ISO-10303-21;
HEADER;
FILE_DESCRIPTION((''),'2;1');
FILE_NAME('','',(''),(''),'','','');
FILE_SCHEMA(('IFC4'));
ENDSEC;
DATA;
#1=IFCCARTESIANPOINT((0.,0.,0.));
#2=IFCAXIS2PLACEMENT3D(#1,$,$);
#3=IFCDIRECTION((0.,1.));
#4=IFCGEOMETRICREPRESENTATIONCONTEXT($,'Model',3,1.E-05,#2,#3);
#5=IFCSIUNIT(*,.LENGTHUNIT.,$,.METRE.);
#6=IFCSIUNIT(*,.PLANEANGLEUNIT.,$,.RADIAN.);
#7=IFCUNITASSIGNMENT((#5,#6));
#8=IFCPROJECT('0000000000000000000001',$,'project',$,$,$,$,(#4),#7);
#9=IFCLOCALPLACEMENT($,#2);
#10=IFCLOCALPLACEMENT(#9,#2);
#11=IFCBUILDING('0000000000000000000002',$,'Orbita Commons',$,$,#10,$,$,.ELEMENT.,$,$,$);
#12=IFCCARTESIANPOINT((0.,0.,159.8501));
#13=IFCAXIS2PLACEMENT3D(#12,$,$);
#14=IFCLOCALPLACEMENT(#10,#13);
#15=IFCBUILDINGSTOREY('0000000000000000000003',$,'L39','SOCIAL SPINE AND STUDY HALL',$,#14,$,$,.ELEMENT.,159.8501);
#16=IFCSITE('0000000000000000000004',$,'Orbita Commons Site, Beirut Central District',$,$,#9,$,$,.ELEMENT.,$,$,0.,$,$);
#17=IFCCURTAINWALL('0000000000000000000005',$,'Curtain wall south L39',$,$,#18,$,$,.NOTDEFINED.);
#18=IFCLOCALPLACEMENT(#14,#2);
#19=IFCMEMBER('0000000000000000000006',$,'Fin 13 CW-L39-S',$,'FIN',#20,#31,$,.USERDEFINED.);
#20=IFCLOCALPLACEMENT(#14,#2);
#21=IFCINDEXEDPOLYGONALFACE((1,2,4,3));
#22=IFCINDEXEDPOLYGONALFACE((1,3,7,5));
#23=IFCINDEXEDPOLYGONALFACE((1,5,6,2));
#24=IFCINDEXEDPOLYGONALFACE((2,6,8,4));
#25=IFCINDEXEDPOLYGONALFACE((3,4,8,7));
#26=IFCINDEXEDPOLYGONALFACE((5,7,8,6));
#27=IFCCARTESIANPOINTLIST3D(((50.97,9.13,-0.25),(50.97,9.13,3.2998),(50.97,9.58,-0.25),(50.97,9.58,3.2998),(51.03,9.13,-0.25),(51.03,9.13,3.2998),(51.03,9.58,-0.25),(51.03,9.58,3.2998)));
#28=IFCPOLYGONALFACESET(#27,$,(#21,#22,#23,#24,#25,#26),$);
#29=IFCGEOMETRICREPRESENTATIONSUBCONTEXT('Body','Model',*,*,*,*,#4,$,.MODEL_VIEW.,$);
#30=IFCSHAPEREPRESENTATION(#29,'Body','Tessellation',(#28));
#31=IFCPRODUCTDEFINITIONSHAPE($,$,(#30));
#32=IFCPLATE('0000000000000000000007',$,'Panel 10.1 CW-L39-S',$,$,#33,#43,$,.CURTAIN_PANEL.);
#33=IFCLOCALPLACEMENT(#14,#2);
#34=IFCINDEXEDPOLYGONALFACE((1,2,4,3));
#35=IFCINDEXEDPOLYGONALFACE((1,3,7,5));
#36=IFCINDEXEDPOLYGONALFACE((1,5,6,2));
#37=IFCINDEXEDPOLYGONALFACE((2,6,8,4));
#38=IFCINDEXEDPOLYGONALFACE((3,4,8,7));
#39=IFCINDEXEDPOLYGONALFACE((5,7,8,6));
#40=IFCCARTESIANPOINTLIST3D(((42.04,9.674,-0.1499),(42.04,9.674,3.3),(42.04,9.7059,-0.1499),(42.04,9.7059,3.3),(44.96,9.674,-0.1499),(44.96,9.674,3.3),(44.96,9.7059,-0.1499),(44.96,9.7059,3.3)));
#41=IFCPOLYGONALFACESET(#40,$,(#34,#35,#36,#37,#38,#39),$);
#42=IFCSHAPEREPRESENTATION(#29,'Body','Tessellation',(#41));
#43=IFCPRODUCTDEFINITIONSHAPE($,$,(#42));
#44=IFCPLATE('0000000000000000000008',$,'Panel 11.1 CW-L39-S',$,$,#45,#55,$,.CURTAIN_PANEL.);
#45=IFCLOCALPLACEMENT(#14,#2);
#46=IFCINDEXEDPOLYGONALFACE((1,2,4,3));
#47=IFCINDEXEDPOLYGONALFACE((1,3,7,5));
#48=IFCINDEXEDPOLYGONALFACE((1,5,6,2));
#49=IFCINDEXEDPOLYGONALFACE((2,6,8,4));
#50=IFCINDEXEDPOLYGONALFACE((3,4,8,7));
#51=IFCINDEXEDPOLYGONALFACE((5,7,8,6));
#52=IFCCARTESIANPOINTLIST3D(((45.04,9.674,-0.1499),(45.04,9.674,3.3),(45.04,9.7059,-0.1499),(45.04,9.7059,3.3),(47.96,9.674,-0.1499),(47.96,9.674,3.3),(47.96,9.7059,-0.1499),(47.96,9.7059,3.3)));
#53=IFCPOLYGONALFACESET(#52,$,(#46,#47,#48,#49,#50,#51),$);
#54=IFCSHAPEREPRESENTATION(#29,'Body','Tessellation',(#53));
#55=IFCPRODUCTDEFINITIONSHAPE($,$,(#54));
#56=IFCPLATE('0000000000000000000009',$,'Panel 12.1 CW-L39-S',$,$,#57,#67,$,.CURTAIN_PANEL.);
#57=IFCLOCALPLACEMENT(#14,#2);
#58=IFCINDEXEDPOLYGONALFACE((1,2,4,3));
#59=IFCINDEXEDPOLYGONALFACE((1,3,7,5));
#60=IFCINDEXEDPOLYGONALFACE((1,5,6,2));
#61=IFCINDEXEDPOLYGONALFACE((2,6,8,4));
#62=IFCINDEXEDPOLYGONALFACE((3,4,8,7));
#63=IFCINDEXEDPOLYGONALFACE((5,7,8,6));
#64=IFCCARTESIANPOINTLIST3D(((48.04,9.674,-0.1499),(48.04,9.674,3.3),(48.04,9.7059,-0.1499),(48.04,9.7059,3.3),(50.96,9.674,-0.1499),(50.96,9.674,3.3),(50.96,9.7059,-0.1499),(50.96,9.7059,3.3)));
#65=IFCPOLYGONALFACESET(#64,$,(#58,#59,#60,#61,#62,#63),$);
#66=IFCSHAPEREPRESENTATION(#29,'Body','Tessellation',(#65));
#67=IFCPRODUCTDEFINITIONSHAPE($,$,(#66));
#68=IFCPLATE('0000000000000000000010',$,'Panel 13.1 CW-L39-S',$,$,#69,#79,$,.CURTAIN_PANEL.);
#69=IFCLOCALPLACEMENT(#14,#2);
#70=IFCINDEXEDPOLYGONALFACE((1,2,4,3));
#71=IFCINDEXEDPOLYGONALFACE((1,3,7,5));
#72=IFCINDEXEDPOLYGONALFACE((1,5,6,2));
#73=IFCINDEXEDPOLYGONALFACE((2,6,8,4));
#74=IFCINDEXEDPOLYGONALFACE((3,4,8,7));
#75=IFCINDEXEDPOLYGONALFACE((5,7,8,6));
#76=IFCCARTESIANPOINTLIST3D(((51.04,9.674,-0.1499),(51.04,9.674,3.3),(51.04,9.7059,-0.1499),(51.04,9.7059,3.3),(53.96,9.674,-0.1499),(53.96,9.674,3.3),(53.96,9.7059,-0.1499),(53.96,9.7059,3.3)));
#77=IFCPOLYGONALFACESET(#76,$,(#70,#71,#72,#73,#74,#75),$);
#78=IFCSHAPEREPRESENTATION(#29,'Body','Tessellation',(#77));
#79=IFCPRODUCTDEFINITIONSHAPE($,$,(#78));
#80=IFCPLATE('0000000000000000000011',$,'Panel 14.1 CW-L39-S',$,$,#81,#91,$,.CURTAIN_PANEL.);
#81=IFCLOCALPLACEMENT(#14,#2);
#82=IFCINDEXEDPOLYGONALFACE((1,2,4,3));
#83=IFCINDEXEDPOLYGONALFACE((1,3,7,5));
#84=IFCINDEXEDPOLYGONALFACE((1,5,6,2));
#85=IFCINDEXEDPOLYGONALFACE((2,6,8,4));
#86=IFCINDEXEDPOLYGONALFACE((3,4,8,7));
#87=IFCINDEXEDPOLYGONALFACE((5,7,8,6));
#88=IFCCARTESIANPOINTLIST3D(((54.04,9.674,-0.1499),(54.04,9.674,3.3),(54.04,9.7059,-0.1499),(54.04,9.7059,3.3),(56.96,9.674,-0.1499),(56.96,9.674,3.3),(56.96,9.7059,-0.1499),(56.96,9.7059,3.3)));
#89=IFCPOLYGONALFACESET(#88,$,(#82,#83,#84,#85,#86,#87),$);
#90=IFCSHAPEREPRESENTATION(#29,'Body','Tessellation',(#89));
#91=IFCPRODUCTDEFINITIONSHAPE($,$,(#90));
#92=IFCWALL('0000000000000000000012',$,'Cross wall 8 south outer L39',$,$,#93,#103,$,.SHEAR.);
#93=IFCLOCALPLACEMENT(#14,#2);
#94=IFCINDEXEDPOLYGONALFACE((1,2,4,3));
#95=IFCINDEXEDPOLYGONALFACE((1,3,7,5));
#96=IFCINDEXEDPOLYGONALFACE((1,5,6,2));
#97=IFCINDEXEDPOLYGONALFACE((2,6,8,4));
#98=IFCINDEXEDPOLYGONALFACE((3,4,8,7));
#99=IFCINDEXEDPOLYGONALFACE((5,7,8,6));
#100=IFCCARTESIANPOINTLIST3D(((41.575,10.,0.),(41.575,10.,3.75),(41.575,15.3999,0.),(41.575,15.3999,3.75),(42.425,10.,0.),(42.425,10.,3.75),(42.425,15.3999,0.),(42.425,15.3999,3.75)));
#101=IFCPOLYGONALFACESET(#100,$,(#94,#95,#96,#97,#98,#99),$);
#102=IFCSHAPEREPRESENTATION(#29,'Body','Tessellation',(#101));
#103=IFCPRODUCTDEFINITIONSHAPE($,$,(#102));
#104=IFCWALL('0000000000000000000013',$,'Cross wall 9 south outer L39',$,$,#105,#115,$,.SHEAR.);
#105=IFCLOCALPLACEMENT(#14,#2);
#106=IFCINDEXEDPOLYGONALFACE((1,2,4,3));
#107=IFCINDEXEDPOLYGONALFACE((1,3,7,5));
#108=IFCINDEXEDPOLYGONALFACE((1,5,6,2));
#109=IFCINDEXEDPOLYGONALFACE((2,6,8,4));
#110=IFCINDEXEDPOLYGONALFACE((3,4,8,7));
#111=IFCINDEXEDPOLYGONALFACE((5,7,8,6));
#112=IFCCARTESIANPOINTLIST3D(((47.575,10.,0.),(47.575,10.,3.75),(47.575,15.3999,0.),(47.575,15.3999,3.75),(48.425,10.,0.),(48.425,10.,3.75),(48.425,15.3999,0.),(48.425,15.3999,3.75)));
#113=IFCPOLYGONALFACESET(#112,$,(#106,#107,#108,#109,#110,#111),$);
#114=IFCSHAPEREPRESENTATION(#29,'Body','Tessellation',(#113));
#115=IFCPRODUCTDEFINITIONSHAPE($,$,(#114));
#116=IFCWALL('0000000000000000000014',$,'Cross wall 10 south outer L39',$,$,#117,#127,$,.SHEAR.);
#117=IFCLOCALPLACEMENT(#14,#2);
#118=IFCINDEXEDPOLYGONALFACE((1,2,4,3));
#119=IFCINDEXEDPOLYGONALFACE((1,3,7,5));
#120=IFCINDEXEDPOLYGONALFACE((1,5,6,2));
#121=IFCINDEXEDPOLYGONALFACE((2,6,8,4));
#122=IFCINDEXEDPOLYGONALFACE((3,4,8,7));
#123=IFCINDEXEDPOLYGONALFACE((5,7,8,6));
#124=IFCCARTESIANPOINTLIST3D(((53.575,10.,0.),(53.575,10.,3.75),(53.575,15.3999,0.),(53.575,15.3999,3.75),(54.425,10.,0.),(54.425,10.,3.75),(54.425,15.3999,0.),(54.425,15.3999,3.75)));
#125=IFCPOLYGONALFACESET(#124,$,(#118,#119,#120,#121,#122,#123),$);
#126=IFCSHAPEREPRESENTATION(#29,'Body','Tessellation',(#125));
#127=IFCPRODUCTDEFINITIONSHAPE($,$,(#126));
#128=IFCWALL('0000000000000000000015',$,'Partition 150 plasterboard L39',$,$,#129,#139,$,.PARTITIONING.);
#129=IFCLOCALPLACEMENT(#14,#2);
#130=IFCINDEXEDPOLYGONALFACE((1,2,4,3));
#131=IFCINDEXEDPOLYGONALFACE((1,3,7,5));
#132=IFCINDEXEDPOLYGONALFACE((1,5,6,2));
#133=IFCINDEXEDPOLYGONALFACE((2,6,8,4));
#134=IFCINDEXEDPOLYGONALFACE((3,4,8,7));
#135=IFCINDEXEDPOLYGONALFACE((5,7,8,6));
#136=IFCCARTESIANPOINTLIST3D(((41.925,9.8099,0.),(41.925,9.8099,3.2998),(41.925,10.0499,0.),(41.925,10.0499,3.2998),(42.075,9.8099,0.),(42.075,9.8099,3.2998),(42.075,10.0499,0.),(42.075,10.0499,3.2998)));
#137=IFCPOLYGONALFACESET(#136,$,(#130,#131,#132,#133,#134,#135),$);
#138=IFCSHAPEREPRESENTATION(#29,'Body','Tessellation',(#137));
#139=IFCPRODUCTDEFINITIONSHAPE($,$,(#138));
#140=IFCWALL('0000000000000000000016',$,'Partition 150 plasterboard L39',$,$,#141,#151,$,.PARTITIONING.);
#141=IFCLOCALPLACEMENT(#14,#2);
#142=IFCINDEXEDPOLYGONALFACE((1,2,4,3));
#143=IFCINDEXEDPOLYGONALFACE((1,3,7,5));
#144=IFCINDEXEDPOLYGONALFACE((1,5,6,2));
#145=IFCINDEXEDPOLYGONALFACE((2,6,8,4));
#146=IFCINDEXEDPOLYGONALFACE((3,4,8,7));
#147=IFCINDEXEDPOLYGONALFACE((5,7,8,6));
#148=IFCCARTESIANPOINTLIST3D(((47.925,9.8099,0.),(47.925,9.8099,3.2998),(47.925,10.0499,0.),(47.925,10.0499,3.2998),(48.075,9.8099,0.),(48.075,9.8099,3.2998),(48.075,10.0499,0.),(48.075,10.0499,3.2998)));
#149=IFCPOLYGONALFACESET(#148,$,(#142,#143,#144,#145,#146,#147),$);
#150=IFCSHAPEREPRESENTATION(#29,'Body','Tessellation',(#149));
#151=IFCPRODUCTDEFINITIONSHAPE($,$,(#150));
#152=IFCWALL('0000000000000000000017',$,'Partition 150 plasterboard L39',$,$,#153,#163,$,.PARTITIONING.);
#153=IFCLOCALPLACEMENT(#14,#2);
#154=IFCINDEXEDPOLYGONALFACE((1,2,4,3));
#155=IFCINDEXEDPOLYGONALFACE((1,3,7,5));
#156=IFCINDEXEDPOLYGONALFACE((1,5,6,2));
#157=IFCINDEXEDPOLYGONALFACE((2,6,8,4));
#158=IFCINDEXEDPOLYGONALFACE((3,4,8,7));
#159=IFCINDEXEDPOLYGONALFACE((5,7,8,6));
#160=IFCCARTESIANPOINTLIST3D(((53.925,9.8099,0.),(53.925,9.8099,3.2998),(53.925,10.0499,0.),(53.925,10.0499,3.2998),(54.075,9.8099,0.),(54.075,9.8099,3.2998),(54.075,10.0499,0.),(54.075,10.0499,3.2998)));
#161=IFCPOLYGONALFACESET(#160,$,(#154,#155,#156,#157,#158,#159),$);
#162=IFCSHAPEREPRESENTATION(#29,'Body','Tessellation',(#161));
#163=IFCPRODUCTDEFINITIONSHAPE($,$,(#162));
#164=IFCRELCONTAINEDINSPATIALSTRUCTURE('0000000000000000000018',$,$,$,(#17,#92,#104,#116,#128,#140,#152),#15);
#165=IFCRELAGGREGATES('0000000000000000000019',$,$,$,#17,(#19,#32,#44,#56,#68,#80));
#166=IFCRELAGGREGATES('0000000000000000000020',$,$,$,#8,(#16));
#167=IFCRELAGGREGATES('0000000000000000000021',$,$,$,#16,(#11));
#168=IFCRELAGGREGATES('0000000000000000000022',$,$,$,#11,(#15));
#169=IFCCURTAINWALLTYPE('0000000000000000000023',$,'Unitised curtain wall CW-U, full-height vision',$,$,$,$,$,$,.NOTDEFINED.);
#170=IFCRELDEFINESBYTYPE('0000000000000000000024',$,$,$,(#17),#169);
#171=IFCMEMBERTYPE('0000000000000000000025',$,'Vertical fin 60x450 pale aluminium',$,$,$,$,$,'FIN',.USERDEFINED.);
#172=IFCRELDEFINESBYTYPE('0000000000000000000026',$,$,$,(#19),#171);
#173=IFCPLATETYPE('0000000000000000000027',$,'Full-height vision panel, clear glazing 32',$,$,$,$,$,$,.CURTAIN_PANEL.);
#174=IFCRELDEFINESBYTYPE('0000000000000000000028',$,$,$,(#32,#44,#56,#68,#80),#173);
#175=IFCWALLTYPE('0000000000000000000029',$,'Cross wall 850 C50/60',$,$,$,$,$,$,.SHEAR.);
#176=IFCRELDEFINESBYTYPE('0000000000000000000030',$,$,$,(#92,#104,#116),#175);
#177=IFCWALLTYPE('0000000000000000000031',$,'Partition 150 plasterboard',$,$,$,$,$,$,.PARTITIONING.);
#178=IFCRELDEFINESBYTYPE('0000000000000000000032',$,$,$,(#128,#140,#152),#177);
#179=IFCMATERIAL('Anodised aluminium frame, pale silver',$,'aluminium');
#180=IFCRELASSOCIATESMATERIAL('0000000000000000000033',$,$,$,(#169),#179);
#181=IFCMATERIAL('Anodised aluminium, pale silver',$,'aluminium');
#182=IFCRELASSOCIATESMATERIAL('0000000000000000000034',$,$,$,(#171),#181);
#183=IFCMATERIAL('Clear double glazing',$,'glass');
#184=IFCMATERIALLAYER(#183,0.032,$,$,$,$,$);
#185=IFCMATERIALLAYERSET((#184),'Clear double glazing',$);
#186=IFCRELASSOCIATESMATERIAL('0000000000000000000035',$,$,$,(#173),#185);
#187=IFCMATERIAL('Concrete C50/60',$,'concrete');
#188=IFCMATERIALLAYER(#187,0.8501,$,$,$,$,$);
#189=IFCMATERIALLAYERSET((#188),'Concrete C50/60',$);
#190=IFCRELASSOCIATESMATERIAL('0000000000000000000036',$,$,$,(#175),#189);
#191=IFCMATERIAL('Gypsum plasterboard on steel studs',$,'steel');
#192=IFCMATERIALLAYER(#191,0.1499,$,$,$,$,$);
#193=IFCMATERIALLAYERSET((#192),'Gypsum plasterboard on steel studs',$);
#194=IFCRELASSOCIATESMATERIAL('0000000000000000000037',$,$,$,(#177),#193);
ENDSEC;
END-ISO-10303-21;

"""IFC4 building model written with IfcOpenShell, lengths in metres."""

from ifc_helpers import new_model, si_unit, direction, frame, frame_2d, origin, origin_2d, place, context, subcontext, project, spatial, rectangle, extrude, material, layer, layer_set, material_profile, profile_set, type_object, element, aggregate, save


model = new_model("IFC4")

# Units and contexts
model_context = context("Model", 3, precision=1e-05, world=origin(), true_north=direction((0.0, 1.0)))
body_context = subcontext(model_context, "Body", "Model", "MODEL_VIEW")
ifc_project = project(units=[si_unit("LENGTHUNIT", "METRE"), si_unit("PLANEANGLEUNIT", "RADIAN")], contexts=[model_context])

# Site, building, storey
site_placement = place(None, origin())
site = spatial("IfcSite", under=ifc_project, at=site_placement, Name="Orbita Commons Site, Beirut Central District", CompositionType="ELEMENT", RefElevation=0.0)
building_placement = place(site_placement, origin())
building = spatial("IfcBuilding", under=site, at=building_placement, Name="Orbita Commons", CompositionType="ELEMENT")
storey_placement = place(building_placement, frame((0.0, 0.0, 159.8501)))
storey = spatial("IfcBuildingStorey", under=building, at=storey_placement, Name="L39", Description="SOCIAL SPINE AND STUDY HALL", CompositionType="ELEMENT", Elevation=159.8501)

# Curtain wall
ifc_material_1 = material(Name="Anodised aluminium frame, pale silver", Category="aluminium")
curtain_wall_type = type_object("IfcCurtainWallType", Name="Unitised curtain wall CW-U, full-height vision", PredefinedType="NOTDEFINED", material=ifc_material_1)
curtain_wall_placement = place(storey_placement, origin())
curtain_wall = element("IfcCurtainWall", 1, at=curtain_wall_placement, inside=storey, type_object=curtain_wall_type, Name="Curtain wall south L39", PredefinedType="NOTDEFINED")

# Member
ifc_material_2 = material(Name="Anodised aluminium, pale silver", Category="aluminium")
ifc_material_profile_1 = material_profile(ifc_material_2, rectangle(XDim=0.0601, YDim=0.45, at=origin_2d()), Name="FIN 60x450")
ifc_profile_set_1 = profile_set([ifc_material_profile_1], Name="Anodised aluminium, pale silver")
member_type_1 = type_object("IfcMemberType", Name="Vertical fin 60x450 pale aluminium", ElementType="FIN", PredefinedType="USERDEFINED", material=ifc_profile_set_1)
member_1_placement = place(storey_placement, frame((51.0, 9.355, -0.25), z_axis=(0.0, 0.0, 1.0), x_axis=(1.0, 0.0, 0.0)))
member_1 = element("IfcMember", 2, at=member_1_placement, type_object=member_type_1, Name="Fin 13 CW-L39-S", ObjectType="FIN", PredefinedType="USERDEFINED", context=body_context, shape_type="SweptSolid", body=[
    extrude(rectangle(XDim=0.0601, YDim=0.45, at=origin_2d()), origin(), (0.0, 0.0, 1.0), 3.5498),
])

# Plates
ifc_material_3 = material(Name="Clear double glazing", Category="glass")
ifc_layer_1 = layer(ifc_material_3, 0.032)
ifc_layer_set_1 = layer_set([ifc_layer_1], Name="Clear double glazing")
plate_type = type_object("IfcPlateType", Name="Full-height vision panel, clear glazing 32", PredefinedType="CURTAIN_PANEL", material=ifc_layer_set_1)
plate_1_placement = place(storey_placement, frame((43.5, 9.6899, -0.1499), z_axis=(0.0, 0.0, 1.0), x_axis=(1.0, 0.0, 0.0)))
plate_1 = element("IfcPlate", 3, at=plate_1_placement, type_object=plate_type, Name="Panel 10.1 CW-L39-S", PredefinedType="CURTAIN_PANEL", context=body_context, shape_type="SweptSolid", body=[
    extrude(rectangle(XDim=2.9199, YDim=0.032, at=origin_2d()), origin(), (0.0, 0.0, 1.0), 3.45),
])
plate_2_placement = place(storey_placement, frame((46.5, 9.6899, -0.1499), z_axis=(0.0, 0.0, 1.0), x_axis=(1.0, 0.0, 0.0)))
plate_2 = element("IfcPlate", 4, at=plate_2_placement, type_object=plate_type, Name="Panel 11.1 CW-L39-S", PredefinedType="CURTAIN_PANEL", context=body_context, shape_type="SweptSolid", body=[
    extrude(rectangle(XDim=2.9199, YDim=0.032, at=origin_2d()), origin(), (0.0, 0.0, 1.0), 3.45),
])
plate_3_placement = place(storey_placement, frame((49.5, 9.6899, -0.1499), z_axis=(0.0, 0.0, 1.0), x_axis=(1.0, 0.0, 0.0)))
plate_3 = element("IfcPlate", 5, at=plate_3_placement, type_object=plate_type, Name="Panel 12.1 CW-L39-S", PredefinedType="CURTAIN_PANEL", context=body_context, shape_type="SweptSolid", body=[
    extrude(rectangle(XDim=2.9199, YDim=0.032, at=origin_2d()), origin(), (0.0, 0.0, 1.0), 3.45),
])
plate_4_placement = place(storey_placement, frame((52.5, 9.6899, -0.1499), z_axis=(0.0, 0.0, 1.0), x_axis=(1.0, 0.0, 0.0)))
plate_4 = element("IfcPlate", 6, at=plate_4_placement, type_object=plate_type, Name="Panel 13.1 CW-L39-S", PredefinedType="CURTAIN_PANEL", context=body_context, shape_type="SweptSolid", body=[
    extrude(rectangle(XDim=2.9199, YDim=0.032, at=origin_2d()), origin(), (0.0, 0.0, 1.0), 3.45),
])
plate_5_placement = place(storey_placement, frame((55.5, 9.6899, -0.1499), z_axis=(0.0, 0.0, 1.0), x_axis=(1.0, 0.0, 0.0)))
plate_5 = element("IfcPlate", 7, at=plate_5_placement, type_object=plate_type, Name="Panel 14.1 CW-L39-S", PredefinedType="CURTAIN_PANEL", context=body_context, shape_type="SweptSolid", body=[
    extrude(rectangle(XDim=2.9199, YDim=0.032, at=origin_2d()), origin(), (0.0, 0.0, 1.0), 3.45),
])
aggregate(curtain_wall, [member_1, plate_1, plate_2, plate_3, plate_4, plate_5])

# Walls
ifc_material_4 = material(Name="Concrete C50/60", Category="concrete")
ifc_layer_2 = layer(ifc_material_4, 0.8501)
ifc_layer_set_2 = layer_set([ifc_layer_2], Name="Concrete C50/60")
wall_type_1 = type_object("IfcWallType", Name="Cross wall 850 C50/60", PredefinedType="SHEAR", material=ifc_layer_set_2)
for number, where, z_axis, x_axis, name in (
    (8, (42.0, 10.0, 0.0), (0.0, 0.0, 1.0), (0.0, 1.0, 0.0), "Cross wall 8 south outer L39"),
    (9, (48.0, 10.0, 0.0), (0.0, 0.0, 1.0), (0.0, 1.0, 0.0), "Cross wall 9 south outer L39"),
    (10, (54.0, 10.0, 0.0), (0.0, 0.0, 1.0), (0.0, 1.0, 0.0), "Cross wall 10 south outer L39"),
):
    element("IfcWall", number, at=place(storey_placement, frame(where, z_axis=z_axis, x_axis=x_axis)), inside=storey, type_object=wall_type_1, Name=name, PredefinedType="SHEAR", context=body_context, shape_type="SweptSolid", body=[
        extrude(rectangle(XDim=5.3999, YDim=0.8501, at=frame_2d((2.7, 0.0))), origin(), (0.0, 0.0, 1.0), 3.75),
    ])
ifc_material_5 = material(Name="Gypsum plasterboard on steel studs", Category="steel")
ifc_layer_3 = layer(ifc_material_5, 0.1499)
ifc_layer_set_3 = layer_set([ifc_layer_3], Name="Gypsum plasterboard on steel studs")
wall_type_2 = type_object("IfcWallType", Name="Partition 150 plasterboard", PredefinedType="PARTITIONING", material=ifc_layer_set_3)
for number, where, z_axis, x_axis, name in (
    (11, (42.0, 10.05, 0.0), (0.0, 0.0, 1.0), (0.0, -1.0, 0.0), "Partition 150 plasterboard L39"),
    (12, (48.0, 10.05, 0.0), (0.0, 0.0, 1.0), (0.0, -1.0, 0.0), "Partition 150 plasterboard L39"),
    (13, (54.0, 10.05, 0.0), (0.0, 0.0, 1.0), (0.0, -1.0, 0.0), "Partition 150 plasterboard L39"),
):
    element("IfcWall", number, at=place(storey_placement, frame(where, z_axis=z_axis, x_axis=x_axis)), inside=storey, type_object=wall_type_2, Name=name, PredefinedType="PARTITIONING", context=body_context, shape_type="SweptSolid", body=[
        extrude(rectangle(XDim=0.24, YDim=0.1499, at=frame_2d((0.1201, 0.0))), origin(), (0.0, 0.0, 1.0), 3.2998),
    ])

save(model, "model.ifc")
